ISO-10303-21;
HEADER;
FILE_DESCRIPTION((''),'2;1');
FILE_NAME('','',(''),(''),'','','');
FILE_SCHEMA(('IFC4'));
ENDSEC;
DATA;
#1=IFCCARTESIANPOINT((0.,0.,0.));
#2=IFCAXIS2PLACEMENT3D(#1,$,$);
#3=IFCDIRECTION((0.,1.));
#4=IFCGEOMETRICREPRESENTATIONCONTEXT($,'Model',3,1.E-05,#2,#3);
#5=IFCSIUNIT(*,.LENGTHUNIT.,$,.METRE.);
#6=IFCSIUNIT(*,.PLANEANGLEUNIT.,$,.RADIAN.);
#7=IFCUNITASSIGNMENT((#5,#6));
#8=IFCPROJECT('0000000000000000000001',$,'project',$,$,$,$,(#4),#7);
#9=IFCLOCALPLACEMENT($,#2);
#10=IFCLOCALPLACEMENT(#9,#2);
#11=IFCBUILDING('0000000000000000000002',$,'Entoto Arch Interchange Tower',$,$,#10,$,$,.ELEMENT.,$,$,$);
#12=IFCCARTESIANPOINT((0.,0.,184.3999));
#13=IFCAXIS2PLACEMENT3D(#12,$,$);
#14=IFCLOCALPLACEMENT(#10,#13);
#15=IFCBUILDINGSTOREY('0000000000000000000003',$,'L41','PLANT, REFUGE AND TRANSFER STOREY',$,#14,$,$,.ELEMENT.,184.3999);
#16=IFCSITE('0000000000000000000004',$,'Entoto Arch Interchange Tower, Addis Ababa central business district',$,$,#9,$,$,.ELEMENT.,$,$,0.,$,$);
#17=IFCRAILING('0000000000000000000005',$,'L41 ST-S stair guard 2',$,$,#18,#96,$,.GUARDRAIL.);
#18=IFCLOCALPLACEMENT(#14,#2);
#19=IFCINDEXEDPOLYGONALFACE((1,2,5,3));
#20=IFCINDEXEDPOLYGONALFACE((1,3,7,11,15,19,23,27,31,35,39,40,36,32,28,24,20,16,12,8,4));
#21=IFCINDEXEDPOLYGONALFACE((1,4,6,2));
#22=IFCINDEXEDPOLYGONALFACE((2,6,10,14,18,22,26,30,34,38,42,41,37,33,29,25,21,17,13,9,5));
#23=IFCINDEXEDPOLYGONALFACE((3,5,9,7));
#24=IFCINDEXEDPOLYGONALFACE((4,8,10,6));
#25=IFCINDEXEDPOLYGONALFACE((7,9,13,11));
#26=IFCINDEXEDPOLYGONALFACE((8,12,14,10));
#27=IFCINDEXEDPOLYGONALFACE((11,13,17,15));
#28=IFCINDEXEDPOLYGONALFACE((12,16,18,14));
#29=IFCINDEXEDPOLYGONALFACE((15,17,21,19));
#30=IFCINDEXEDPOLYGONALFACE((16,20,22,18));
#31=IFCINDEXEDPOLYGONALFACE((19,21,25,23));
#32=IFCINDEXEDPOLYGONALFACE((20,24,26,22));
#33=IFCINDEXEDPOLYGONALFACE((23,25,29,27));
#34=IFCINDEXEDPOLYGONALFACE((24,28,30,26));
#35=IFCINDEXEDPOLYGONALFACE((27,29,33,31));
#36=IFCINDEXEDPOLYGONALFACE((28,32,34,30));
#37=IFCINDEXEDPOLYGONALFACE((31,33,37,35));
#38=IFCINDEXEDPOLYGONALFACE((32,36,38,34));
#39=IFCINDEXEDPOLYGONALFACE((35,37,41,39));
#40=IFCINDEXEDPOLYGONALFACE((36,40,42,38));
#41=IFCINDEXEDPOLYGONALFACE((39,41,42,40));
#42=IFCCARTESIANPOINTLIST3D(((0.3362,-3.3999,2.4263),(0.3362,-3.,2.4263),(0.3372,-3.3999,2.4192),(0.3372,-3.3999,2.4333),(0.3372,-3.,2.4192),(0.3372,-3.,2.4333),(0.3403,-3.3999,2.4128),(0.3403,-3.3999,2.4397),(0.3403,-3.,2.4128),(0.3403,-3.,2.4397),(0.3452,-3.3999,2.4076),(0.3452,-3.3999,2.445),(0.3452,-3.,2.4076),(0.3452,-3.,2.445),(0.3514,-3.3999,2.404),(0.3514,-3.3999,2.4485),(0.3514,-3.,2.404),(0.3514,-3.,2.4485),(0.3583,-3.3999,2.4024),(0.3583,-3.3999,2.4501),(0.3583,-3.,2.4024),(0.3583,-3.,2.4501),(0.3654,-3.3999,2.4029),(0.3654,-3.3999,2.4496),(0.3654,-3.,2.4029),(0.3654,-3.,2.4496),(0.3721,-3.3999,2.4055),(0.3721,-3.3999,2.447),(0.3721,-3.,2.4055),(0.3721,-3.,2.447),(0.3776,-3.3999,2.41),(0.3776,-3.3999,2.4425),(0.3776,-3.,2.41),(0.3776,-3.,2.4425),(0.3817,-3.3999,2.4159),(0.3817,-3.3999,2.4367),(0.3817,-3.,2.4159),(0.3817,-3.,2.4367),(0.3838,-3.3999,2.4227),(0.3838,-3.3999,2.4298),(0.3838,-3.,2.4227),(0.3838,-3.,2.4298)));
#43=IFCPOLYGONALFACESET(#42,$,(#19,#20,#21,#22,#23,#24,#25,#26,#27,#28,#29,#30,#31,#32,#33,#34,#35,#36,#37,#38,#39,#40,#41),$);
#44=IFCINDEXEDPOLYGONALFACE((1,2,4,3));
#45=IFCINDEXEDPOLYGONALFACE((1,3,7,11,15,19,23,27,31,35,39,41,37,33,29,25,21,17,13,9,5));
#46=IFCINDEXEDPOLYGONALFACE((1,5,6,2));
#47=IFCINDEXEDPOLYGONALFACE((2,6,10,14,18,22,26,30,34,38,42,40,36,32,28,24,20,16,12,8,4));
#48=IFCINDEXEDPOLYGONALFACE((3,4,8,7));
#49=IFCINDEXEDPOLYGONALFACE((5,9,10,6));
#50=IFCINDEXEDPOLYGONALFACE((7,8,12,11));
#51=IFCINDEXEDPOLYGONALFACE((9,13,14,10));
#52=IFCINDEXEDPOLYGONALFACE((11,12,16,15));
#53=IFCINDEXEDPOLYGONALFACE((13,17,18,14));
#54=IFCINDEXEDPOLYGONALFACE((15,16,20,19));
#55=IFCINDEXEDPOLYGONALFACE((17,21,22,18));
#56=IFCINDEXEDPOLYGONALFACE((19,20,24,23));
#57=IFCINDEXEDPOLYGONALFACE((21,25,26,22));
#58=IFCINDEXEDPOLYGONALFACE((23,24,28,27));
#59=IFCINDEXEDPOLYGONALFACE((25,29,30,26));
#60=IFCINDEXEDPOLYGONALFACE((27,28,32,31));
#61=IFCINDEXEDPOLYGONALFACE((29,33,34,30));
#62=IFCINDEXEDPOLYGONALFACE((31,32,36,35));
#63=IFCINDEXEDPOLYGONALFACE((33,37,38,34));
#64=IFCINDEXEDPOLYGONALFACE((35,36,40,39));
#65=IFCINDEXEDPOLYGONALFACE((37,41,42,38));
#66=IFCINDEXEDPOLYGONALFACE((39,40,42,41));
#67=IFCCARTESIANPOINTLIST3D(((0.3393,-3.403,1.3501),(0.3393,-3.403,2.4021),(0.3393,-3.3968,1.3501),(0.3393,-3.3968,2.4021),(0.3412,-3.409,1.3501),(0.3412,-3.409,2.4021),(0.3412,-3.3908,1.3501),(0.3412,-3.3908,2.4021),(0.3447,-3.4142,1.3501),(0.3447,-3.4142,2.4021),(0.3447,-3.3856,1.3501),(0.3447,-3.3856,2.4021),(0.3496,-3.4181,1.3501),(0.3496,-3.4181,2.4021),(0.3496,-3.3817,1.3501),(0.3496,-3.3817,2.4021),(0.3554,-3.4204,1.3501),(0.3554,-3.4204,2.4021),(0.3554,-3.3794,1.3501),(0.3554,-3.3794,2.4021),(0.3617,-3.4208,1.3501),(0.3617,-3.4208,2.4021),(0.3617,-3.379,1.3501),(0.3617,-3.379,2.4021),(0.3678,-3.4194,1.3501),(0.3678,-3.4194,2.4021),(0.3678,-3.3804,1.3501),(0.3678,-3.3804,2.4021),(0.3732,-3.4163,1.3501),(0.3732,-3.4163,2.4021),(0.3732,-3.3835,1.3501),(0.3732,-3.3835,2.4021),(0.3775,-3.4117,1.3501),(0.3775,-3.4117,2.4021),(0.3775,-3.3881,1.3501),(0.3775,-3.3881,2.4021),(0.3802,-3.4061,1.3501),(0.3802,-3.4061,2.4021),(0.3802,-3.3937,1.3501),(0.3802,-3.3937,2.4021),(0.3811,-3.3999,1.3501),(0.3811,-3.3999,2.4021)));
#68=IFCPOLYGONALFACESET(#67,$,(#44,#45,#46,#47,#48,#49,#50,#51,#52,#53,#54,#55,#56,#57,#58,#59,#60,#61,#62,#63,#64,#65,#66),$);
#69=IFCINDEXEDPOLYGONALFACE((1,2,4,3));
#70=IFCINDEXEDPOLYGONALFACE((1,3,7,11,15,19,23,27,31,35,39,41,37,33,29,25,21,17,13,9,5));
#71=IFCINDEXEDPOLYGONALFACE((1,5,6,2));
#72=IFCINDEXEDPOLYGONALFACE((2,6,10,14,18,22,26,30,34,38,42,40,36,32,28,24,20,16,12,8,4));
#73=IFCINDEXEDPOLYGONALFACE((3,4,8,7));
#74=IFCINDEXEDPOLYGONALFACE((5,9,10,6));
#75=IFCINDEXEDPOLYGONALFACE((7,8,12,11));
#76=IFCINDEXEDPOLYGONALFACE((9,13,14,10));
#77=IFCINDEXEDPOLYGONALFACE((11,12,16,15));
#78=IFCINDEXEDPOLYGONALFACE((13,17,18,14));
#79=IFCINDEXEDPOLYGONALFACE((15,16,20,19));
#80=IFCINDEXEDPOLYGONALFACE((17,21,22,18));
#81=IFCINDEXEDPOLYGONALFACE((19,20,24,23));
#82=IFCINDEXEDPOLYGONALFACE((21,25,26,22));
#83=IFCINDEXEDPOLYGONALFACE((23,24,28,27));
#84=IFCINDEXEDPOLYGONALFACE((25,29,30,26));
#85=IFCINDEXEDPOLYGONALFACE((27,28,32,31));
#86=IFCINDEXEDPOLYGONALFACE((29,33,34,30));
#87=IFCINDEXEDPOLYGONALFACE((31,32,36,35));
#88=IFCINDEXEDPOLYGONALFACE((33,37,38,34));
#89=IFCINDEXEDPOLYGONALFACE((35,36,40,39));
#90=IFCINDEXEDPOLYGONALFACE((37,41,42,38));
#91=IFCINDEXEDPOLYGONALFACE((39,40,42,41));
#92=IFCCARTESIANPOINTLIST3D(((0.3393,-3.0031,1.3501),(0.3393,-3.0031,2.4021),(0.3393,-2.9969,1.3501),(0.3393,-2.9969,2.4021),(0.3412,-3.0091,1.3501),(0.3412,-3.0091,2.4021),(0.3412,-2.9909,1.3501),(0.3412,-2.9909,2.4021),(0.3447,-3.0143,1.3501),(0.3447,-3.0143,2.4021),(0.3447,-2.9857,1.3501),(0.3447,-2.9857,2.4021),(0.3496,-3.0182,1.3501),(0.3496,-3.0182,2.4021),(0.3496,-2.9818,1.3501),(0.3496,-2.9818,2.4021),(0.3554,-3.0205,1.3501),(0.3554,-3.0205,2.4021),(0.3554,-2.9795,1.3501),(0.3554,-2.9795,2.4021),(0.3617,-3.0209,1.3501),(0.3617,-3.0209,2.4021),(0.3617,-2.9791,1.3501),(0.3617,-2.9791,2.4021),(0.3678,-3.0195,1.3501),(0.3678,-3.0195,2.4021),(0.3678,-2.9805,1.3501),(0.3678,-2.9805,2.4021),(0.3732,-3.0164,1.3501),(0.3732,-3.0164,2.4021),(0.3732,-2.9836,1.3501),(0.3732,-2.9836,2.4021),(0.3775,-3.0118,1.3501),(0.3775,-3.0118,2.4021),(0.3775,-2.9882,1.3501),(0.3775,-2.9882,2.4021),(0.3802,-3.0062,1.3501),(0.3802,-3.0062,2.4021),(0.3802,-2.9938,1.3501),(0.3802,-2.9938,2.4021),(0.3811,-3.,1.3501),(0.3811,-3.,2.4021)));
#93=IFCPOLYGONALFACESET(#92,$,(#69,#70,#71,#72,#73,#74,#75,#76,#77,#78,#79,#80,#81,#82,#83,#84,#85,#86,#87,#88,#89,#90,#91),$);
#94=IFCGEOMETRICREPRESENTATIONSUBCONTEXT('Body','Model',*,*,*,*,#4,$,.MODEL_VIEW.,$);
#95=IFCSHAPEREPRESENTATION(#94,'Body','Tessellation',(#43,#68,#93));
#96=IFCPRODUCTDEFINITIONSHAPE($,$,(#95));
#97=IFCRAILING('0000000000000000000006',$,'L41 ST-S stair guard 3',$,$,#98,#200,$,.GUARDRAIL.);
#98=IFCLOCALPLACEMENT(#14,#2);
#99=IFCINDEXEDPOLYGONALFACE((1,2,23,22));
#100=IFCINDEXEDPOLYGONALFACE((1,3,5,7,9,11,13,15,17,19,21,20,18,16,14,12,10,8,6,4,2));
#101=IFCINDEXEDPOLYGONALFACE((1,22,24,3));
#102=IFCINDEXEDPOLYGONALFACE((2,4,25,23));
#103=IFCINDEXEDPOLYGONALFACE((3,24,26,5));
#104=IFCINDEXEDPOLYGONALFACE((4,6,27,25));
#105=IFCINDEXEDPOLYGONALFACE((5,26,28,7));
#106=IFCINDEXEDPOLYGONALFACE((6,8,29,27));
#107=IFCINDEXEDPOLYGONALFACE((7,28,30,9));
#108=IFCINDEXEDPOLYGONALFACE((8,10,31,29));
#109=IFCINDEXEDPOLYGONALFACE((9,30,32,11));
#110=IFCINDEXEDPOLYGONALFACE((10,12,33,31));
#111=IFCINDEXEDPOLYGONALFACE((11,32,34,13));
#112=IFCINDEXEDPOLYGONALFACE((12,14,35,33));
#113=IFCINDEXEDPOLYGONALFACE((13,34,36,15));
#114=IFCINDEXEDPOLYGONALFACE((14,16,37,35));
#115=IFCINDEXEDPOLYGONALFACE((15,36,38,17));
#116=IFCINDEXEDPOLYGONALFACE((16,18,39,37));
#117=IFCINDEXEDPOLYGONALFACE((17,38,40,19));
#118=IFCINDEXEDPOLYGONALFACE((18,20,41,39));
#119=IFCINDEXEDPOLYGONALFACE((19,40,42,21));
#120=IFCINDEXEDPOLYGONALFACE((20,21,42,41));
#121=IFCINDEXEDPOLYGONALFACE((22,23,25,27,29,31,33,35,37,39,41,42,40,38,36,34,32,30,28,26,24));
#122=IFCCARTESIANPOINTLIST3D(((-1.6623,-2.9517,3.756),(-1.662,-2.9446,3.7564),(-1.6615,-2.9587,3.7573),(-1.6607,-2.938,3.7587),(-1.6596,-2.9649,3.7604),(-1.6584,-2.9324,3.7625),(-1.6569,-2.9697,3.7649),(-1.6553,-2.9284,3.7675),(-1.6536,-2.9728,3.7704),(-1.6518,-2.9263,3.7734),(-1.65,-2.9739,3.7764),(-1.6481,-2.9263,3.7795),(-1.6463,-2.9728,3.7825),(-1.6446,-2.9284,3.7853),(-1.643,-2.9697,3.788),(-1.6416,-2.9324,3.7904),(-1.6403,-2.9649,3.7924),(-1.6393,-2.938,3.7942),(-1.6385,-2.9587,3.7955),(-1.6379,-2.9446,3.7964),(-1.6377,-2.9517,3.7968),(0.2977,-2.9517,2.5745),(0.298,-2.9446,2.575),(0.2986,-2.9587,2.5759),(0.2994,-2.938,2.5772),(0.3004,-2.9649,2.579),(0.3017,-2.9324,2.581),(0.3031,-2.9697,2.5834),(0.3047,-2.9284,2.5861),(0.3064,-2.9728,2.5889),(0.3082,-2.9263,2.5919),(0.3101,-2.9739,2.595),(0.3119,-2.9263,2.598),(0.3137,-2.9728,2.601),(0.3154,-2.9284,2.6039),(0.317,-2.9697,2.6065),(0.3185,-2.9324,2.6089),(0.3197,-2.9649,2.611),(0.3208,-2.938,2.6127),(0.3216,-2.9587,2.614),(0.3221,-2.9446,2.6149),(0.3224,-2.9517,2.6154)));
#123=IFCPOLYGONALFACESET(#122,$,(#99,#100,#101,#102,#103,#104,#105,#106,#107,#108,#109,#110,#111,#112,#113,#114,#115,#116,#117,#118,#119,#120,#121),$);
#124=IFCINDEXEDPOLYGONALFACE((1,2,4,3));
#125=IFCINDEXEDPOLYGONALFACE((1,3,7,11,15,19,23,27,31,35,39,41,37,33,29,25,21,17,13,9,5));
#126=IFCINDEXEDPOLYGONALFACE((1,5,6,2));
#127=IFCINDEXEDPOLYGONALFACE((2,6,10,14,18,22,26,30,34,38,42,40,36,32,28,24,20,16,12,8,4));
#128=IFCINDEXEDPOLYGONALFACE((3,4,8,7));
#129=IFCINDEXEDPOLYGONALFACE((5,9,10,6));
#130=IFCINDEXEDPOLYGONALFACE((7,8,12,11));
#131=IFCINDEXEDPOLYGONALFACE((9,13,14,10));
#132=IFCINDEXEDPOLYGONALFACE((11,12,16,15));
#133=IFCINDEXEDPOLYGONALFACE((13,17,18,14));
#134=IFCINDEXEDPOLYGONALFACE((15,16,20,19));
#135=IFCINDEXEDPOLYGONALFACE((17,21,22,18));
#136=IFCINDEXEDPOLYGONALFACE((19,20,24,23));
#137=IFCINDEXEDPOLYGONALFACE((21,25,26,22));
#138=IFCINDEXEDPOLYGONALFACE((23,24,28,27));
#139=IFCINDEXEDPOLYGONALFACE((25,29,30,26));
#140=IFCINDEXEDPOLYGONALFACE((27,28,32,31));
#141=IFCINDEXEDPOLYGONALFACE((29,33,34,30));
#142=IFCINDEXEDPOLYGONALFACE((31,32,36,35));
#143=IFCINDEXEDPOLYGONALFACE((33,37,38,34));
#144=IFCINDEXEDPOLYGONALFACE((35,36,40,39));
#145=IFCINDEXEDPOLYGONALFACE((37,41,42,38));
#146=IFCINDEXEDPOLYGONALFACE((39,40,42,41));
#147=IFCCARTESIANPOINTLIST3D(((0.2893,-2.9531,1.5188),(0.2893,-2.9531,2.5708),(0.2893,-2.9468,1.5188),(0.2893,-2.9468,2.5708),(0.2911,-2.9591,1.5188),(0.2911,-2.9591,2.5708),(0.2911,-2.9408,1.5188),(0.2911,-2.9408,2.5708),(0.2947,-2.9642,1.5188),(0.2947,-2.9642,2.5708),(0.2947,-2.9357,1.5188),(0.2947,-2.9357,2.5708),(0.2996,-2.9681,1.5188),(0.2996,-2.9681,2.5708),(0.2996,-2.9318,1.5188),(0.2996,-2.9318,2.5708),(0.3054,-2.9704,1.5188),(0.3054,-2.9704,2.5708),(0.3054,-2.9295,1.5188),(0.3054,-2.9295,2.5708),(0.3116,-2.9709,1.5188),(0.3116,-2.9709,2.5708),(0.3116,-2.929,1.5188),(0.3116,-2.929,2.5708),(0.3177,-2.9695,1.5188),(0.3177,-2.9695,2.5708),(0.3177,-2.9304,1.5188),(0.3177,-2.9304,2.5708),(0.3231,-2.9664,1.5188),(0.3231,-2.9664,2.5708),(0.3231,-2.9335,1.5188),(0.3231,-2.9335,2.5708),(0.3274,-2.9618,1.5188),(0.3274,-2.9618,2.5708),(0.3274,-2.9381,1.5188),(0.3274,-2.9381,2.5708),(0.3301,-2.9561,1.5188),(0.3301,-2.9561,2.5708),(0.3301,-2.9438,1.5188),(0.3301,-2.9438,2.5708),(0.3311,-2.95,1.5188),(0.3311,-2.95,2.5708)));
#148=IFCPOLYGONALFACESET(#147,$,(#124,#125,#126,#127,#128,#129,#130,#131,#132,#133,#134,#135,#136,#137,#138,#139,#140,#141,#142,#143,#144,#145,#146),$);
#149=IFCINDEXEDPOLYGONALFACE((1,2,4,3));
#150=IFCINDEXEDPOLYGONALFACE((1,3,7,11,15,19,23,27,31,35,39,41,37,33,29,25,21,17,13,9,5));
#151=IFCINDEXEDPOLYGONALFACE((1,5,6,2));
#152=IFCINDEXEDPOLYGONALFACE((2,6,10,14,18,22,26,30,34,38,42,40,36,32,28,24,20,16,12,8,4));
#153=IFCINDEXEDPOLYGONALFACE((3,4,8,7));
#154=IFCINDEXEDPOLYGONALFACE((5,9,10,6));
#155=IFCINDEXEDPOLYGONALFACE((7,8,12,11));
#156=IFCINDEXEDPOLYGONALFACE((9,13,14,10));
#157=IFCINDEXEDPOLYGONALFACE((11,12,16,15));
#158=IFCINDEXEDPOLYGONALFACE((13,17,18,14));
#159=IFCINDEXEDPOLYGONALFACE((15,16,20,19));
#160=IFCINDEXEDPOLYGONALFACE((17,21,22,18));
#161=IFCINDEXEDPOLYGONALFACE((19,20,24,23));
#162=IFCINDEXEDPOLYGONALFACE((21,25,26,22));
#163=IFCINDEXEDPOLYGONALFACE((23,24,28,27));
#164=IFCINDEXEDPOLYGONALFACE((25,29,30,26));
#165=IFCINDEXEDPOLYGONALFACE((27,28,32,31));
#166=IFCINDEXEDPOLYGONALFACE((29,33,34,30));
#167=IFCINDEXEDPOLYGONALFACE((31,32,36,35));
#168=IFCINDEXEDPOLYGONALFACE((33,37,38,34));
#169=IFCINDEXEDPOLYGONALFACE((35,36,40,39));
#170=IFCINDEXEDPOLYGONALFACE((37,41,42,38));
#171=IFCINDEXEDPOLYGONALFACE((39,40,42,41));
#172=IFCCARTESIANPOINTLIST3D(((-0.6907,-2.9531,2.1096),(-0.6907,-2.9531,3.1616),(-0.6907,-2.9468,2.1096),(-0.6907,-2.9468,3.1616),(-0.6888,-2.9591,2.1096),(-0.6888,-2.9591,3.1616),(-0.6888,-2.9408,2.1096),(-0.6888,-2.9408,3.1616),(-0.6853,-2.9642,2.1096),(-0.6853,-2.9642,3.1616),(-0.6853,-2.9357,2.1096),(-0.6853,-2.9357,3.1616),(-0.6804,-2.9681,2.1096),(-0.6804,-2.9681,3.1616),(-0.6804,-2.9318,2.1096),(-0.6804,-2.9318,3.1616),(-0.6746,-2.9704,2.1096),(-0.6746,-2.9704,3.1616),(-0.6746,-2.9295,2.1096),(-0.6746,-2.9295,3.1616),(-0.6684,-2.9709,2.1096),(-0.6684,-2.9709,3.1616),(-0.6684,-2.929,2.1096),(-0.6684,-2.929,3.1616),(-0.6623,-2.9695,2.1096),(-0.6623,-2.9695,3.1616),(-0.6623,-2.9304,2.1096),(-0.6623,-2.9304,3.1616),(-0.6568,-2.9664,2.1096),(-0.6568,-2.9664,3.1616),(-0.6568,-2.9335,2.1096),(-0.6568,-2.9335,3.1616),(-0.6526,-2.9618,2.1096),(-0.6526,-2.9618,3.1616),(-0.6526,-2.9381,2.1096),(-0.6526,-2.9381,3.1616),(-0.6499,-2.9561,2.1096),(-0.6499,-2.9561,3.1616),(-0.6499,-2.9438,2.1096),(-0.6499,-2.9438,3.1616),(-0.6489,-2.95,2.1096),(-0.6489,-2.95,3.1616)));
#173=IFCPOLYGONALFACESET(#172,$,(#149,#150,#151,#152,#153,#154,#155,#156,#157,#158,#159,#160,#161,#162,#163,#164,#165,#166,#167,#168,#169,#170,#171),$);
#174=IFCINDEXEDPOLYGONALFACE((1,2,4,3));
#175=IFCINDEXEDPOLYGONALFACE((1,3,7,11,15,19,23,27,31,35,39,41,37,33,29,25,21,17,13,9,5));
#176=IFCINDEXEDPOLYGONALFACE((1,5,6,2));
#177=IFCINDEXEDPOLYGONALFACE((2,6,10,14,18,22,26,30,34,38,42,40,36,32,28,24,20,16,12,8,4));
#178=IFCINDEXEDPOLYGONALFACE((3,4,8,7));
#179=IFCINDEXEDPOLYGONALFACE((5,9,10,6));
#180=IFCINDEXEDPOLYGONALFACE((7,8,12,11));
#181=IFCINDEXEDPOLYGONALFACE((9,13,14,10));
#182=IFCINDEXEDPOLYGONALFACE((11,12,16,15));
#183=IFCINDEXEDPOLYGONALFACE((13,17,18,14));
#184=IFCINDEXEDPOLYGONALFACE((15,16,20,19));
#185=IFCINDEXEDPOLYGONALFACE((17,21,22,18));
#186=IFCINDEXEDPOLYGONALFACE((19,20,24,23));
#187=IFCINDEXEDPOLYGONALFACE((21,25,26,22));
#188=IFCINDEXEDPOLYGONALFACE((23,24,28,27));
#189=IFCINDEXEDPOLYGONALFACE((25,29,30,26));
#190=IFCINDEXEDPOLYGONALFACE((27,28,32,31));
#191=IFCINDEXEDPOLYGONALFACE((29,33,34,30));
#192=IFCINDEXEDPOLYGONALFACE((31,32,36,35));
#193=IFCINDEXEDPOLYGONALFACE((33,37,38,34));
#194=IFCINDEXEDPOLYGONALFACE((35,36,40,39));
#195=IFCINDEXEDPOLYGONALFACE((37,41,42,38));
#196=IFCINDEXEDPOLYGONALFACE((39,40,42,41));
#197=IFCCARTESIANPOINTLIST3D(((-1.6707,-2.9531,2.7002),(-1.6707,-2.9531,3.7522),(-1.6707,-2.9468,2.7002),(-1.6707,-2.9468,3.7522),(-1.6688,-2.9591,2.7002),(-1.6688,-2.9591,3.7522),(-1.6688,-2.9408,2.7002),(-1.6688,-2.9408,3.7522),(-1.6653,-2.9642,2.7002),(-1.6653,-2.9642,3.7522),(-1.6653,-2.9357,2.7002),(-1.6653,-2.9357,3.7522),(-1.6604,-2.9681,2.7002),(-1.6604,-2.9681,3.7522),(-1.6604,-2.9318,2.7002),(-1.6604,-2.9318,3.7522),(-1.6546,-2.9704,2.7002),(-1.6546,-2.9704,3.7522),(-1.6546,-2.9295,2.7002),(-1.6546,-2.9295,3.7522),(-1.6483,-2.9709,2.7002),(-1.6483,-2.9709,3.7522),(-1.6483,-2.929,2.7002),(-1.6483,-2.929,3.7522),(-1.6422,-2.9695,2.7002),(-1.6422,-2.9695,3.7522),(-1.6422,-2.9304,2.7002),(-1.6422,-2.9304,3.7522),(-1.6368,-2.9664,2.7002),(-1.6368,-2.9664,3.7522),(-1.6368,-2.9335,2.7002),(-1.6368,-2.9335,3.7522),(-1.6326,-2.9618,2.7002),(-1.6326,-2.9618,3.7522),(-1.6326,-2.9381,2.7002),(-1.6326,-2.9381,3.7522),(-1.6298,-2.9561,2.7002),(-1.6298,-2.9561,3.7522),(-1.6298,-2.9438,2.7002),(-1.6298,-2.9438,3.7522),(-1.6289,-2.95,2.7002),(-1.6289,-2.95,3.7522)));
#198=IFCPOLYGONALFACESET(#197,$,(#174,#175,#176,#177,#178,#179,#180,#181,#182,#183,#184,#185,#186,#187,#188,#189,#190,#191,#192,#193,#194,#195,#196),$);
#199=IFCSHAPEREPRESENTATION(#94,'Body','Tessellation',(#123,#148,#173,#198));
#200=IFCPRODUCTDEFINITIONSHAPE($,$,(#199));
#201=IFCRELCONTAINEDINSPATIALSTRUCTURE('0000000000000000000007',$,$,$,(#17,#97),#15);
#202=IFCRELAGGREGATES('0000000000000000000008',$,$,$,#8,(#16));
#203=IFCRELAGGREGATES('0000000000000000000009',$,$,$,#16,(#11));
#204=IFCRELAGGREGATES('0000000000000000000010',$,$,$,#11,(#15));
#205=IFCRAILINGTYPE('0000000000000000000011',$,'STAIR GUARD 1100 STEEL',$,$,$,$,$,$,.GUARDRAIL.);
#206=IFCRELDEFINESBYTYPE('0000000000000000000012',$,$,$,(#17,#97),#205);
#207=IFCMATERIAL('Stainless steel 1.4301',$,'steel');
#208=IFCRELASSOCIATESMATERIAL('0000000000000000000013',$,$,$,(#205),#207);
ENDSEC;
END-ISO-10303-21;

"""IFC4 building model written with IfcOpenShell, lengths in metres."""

from ifc_helpers import new_model, si_unit, direction, frame, origin, origin_2d, place, context, subcontext, project, spatial, circle, extrude, material, type_object, element, save


model = new_model("IFC4")

# Units and contexts
model_context = context("Model", 3, precision=1e-05, world=origin(), true_north=direction((0.0, 1.0)))
body_context = subcontext(model_context, "Body", "Model", "MODEL_VIEW")
ifc_project = project(units=[si_unit("LENGTHUNIT", "METRE"), si_unit("PLANEANGLEUNIT", "RADIAN")], contexts=[model_context])

# Site, building, storey
site_placement = place(None, origin())
site = spatial("IfcSite", under=ifc_project, at=site_placement, Name="Entoto Arch Interchange Tower, Addis Ababa central business district", CompositionType="ELEMENT", RefElevation=0.0)
building_placement = place(site_placement, origin())
building = spatial("IfcBuilding", under=site, at=building_placement, Name="Entoto Arch Interchange Tower", CompositionType="ELEMENT")
storey_placement = place(building_placement, frame((0.0, 0.0, 184.3999)))
storey = spatial("IfcBuildingStorey", under=building, at=storey_placement, Name="L41", Description="PLANT, REFUGE AND TRANSFER STOREY", CompositionType="ELEMENT", Elevation=184.3999)

# Railings
ifc_material_1 = material(Name="Stainless steel 1.4301", Category="steel")
railing_type_1 = type_object("IfcRailingType", Name="STAIR GUARD 1100 STEEL", PredefinedType="GUARDRAIL", material=ifc_material_1)
railing_1_placement = place(storey_placement, frame((0.3601, -3.3999, 1.3501)))
element("IfcRailing", 1, at=railing_1_placement, inside=storey, type_object=railing_type_1, Name="L41 ST-S stair guard 2", PredefinedType="GUARDRAIL", context=body_context, shape_type="SweptSolid", body=[
    extrude(circle(Radius=0.0239, at=origin_2d()), frame((0.0, 0.0, 1.0762), z_axis=(0.0, 1.0, 0.0), x_axis=(-1.0, 0.0, 0.0)), (0.0, 0.0, 1.0), 0.3999),
    extrude(circle(Radius=0.021, at=origin_2d()), origin(), (0.0, 0.0, 1.0), 1.052),
    extrude(circle(Radius=0.021, at=origin_2d()), frame((0.0, 0.3999, 0.0)), (0.0, 0.0, 1.0), 1.052),
])
railing_2_placement = place(storey_placement, frame((0.3101, -2.95, 1.5188)))
element("IfcRailing", 2, at=railing_2_placement, inside=storey, type_object=railing_type_1, Name="L41 ST-S stair guard 3", PredefinedType="GUARDRAIL", context=body_context, shape_type="SweptSolid", body=[
    extrude(circle(Radius=0.0239, at=origin_2d()), frame((0.0, 0.0, 1.0762), z_axis=(-0.856446, 0.0, 0.516236), x_axis=(0.0, -1.0, 0.0)), (0.0, 0.0, 1.0), 2.2886),
    extrude(circle(Radius=0.021, at=origin_2d()), origin(), (0.0, 0.0, 1.0), 1.052),
    extrude(circle(Radius=0.021, at=origin_2d()), frame((-0.98, 0.0, 0.5908)), (0.0, 0.0, 1.0), 1.052),
    extrude(circle(Radius=0.021, at=origin_2d()), frame((-1.96, 0.0, 1.1814)), (0.0, 0.0, 1.0), 1.052),
])

save(model, "model.ifc")
